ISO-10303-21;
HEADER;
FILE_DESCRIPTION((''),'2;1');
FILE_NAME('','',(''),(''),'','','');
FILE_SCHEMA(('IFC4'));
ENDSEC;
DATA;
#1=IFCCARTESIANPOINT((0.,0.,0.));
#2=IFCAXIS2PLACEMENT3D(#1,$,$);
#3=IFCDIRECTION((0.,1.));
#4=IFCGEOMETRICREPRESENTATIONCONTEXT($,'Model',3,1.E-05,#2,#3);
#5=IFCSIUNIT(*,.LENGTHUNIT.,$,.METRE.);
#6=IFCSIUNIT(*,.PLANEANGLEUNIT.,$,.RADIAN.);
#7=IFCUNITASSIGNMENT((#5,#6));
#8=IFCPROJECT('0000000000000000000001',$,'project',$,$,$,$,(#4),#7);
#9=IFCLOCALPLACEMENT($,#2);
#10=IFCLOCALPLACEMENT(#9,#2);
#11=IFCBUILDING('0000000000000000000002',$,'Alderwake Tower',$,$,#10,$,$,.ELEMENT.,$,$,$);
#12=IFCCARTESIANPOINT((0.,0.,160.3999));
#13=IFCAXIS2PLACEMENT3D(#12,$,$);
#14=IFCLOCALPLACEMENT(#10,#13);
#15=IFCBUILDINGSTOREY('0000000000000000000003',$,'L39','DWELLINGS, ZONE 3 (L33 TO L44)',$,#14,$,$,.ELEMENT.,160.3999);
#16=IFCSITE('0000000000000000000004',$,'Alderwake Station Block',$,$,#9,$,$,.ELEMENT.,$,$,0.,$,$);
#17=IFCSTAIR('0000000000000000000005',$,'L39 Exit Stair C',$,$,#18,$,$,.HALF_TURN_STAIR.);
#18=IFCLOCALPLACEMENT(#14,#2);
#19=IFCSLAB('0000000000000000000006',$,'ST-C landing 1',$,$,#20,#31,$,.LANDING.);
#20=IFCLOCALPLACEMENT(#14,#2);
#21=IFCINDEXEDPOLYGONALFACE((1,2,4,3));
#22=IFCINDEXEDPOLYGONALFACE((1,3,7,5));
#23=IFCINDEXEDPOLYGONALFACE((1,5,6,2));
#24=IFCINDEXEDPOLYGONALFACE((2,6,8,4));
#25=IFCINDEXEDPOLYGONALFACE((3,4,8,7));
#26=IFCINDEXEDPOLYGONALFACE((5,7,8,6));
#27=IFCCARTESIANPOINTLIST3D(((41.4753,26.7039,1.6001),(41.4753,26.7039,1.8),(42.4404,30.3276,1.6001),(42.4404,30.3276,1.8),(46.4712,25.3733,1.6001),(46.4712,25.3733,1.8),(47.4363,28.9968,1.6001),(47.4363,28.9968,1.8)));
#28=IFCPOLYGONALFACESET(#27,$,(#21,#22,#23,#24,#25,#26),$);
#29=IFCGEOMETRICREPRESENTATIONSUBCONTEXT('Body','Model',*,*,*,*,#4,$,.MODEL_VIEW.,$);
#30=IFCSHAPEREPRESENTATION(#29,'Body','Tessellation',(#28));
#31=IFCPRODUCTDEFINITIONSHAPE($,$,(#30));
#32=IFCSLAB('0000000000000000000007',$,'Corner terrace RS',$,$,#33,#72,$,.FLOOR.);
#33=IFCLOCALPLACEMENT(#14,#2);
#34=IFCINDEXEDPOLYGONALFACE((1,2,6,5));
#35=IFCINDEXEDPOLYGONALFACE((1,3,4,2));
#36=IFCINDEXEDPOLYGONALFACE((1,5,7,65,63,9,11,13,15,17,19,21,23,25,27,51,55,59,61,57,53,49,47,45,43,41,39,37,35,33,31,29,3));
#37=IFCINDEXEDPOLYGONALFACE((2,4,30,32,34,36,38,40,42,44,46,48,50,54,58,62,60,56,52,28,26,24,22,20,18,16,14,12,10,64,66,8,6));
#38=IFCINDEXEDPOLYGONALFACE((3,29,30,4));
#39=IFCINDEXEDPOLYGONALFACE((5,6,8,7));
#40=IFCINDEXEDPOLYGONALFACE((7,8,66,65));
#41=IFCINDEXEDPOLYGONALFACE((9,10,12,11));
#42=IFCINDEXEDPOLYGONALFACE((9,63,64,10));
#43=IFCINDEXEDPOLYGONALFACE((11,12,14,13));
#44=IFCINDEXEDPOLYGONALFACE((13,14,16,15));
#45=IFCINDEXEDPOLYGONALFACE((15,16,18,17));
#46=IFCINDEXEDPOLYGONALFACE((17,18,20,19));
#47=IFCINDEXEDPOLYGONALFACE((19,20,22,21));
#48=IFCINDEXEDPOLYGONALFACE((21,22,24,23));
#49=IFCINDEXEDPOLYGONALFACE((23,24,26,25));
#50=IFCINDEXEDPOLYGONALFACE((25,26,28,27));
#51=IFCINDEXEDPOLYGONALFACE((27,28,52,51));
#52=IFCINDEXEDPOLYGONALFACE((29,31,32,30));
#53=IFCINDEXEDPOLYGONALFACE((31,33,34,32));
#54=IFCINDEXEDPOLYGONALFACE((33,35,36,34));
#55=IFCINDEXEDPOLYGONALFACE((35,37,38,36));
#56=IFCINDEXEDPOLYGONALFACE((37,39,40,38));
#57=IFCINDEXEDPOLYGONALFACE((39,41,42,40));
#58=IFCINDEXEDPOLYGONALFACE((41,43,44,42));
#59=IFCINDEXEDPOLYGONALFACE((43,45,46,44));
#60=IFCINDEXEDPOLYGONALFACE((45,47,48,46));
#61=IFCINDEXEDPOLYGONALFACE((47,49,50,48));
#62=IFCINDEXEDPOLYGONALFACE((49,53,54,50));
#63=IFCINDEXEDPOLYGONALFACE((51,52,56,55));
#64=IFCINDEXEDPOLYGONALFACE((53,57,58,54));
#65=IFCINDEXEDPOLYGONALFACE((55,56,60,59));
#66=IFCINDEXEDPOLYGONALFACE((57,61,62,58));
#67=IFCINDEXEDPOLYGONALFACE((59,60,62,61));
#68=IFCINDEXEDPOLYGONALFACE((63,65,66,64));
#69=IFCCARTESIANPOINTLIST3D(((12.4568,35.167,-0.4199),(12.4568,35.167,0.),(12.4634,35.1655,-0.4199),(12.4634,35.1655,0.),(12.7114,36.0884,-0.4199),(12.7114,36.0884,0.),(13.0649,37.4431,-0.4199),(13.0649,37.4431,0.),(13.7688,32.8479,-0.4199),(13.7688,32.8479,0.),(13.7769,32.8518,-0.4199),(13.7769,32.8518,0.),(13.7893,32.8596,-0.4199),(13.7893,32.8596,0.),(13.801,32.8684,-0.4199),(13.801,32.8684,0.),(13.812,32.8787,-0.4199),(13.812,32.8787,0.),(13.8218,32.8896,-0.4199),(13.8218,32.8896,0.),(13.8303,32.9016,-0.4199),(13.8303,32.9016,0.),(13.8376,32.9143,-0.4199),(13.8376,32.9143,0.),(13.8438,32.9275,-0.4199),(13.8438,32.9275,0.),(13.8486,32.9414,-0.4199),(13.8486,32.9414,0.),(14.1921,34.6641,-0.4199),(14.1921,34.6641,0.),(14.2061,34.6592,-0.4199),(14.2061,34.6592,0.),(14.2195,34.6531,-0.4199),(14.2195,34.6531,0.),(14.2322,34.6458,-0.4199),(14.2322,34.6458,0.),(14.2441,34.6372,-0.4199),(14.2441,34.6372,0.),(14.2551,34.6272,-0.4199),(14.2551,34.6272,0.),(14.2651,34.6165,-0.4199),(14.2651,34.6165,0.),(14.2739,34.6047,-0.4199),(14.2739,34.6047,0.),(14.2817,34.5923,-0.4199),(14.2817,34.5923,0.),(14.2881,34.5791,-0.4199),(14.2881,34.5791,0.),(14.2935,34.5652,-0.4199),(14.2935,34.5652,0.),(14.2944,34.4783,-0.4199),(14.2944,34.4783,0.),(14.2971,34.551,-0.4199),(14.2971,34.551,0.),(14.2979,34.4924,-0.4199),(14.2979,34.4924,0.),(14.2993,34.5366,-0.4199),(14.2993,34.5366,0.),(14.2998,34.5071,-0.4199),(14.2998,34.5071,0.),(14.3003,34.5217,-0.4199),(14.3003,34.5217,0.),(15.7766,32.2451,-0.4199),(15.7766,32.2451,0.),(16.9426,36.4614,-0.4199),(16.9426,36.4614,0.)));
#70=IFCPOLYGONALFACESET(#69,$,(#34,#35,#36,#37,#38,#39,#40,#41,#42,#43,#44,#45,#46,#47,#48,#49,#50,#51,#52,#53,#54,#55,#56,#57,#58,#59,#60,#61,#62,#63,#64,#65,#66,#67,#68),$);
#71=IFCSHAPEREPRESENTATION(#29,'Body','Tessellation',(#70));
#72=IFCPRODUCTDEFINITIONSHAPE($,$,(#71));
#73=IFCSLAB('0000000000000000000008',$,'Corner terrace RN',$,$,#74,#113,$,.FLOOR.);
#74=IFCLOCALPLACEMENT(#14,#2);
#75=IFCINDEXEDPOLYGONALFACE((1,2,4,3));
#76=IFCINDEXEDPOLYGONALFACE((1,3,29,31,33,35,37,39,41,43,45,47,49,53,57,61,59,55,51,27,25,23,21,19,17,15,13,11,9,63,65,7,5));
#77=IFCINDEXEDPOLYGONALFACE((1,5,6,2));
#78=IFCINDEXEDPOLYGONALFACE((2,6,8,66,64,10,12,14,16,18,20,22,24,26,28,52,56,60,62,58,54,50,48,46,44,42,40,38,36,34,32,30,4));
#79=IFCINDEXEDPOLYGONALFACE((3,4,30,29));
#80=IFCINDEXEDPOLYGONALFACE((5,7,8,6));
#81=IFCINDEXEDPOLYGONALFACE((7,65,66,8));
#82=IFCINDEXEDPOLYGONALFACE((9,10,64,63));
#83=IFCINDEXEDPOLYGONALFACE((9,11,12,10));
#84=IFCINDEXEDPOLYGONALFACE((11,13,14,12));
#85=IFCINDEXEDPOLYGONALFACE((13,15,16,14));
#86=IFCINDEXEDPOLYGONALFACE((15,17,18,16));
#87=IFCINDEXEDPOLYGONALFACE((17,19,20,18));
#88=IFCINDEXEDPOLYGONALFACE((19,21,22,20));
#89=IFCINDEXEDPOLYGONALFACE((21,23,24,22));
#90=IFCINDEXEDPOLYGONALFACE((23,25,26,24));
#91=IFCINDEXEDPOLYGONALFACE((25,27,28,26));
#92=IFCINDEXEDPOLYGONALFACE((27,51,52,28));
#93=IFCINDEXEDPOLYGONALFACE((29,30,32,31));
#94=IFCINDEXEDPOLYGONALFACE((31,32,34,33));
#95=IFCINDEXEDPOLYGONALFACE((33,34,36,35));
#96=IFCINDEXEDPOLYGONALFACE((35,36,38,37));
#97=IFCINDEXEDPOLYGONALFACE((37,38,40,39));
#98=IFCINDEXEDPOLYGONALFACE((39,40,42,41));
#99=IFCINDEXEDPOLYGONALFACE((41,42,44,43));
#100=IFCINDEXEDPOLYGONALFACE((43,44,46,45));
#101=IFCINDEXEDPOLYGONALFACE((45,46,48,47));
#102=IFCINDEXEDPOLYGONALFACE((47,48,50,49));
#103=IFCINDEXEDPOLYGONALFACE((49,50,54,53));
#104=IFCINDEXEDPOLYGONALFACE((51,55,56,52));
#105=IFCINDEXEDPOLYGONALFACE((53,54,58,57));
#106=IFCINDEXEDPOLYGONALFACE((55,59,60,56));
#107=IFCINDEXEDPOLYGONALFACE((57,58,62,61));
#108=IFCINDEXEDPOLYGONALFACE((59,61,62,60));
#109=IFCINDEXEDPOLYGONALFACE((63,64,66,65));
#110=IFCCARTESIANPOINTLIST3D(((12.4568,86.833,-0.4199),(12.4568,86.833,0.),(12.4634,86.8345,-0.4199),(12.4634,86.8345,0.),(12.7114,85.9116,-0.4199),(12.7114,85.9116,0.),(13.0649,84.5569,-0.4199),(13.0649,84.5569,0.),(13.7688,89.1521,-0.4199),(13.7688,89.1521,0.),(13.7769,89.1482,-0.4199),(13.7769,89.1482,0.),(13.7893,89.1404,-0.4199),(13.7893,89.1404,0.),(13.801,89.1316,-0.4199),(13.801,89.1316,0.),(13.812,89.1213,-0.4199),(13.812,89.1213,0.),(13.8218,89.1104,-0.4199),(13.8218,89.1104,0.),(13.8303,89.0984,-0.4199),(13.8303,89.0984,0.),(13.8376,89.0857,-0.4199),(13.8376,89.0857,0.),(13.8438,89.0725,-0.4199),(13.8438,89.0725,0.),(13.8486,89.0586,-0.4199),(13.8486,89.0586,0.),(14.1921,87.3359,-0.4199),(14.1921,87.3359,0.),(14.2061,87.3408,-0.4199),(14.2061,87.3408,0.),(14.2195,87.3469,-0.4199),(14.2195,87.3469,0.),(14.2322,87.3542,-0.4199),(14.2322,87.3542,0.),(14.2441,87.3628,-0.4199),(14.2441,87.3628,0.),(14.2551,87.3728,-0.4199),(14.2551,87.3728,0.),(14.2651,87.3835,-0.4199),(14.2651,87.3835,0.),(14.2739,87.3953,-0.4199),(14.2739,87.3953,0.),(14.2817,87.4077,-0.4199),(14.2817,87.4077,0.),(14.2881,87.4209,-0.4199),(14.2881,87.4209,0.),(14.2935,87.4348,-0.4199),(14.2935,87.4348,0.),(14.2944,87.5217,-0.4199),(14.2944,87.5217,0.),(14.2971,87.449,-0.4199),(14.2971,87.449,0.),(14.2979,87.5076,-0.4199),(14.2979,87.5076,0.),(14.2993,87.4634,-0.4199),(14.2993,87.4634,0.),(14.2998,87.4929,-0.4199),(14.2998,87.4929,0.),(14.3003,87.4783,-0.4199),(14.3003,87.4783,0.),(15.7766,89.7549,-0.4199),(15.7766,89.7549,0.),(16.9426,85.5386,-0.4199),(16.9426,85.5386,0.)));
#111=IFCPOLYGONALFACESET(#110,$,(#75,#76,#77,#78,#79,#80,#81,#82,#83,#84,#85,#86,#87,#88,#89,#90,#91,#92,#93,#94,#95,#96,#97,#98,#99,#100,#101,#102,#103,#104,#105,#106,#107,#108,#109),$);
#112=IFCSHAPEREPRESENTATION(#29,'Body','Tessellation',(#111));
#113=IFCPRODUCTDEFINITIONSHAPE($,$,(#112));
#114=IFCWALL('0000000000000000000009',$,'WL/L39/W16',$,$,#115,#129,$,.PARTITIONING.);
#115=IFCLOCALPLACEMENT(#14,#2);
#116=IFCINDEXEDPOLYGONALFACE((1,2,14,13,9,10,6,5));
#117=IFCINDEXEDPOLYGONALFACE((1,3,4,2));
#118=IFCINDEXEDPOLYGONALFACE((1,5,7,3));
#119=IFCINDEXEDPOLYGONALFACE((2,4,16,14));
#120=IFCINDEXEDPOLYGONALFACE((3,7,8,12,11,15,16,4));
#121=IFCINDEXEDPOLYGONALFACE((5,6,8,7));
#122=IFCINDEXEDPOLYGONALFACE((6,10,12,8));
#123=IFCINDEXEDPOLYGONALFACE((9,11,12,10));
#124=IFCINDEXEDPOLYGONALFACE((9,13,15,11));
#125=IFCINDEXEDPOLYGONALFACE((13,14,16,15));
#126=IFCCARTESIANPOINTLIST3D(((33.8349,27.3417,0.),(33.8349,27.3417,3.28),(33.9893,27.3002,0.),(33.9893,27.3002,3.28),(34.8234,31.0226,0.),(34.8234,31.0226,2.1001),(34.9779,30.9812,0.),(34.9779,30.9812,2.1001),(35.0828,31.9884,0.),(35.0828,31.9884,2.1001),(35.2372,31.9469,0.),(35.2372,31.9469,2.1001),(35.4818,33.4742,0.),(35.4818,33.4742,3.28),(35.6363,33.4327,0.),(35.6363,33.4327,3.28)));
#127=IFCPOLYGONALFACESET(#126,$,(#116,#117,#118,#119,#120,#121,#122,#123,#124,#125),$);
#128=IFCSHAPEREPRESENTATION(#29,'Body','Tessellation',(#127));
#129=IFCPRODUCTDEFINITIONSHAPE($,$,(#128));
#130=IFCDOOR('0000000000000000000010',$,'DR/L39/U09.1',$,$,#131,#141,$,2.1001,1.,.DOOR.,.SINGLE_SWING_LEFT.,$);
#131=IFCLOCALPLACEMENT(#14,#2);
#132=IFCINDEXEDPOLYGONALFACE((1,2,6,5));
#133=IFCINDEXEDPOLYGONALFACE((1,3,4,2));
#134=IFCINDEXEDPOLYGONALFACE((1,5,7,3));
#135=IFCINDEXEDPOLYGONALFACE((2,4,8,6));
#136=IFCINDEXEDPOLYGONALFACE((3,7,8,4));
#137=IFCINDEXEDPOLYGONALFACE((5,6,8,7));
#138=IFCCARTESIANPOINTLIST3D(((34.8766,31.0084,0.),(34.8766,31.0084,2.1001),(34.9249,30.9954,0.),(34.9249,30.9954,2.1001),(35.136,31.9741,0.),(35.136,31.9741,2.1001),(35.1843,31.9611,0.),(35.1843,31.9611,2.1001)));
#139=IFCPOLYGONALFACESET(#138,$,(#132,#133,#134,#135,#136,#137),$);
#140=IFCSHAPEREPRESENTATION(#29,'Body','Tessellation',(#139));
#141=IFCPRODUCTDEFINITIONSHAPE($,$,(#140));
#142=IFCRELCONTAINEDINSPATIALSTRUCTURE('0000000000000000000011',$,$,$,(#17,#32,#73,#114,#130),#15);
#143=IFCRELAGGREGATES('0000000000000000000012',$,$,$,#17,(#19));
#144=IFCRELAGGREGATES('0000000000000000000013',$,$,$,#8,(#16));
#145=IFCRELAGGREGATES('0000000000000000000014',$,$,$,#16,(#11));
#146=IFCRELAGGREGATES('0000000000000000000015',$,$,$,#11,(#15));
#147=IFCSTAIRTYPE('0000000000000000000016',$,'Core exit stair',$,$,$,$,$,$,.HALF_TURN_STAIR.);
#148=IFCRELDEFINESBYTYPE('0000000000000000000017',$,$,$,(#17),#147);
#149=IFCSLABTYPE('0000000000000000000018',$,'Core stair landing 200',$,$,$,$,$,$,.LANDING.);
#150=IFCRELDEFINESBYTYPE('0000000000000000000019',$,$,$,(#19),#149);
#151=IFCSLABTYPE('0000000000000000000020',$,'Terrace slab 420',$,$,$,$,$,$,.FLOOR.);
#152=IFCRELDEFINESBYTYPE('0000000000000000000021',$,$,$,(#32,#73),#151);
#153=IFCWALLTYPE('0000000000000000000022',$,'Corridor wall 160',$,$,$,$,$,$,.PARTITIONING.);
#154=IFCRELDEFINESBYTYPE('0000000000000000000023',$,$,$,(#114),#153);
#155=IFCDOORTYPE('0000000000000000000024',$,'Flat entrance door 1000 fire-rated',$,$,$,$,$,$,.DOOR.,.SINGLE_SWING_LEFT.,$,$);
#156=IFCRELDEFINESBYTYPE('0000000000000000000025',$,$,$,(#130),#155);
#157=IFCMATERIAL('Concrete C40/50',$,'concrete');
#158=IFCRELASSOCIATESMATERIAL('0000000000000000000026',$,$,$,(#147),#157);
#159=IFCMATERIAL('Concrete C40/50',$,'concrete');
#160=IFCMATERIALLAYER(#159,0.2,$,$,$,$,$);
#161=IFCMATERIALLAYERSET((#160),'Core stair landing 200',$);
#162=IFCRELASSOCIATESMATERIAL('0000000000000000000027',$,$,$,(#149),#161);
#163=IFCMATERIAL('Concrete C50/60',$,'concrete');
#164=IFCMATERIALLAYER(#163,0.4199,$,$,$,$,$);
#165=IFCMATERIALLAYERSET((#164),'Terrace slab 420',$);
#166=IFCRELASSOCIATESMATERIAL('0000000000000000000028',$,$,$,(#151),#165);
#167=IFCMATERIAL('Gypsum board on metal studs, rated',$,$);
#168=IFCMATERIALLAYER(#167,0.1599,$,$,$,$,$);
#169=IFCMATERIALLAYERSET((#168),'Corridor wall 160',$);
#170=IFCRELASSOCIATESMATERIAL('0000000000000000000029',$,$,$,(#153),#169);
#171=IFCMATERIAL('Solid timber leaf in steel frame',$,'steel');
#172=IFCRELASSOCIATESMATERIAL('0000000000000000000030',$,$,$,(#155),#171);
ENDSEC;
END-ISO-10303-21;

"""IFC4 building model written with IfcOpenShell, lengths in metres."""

from ifc_helpers import new_model, si_unit, direction, frame, frame_2d, origin, place, context, subcontext, project, spatial, polyline, rectangle, outline, extrude, material, layer, layer_set, type_object, element, fill, aggregate, save


model = new_model("IFC4")

# Units and contexts
model_context = context("Model", 3, precision=1e-05, world=origin(), true_north=direction((0.0, 1.0)))
body_context = subcontext(model_context, "Body", "Model", "MODEL_VIEW")
ifc_project = project(units=[si_unit("LENGTHUNIT", "METRE"), si_unit("PLANEANGLEUNIT", "RADIAN")], contexts=[model_context])

# Site, building, storey
site_placement = place(None, origin())
site = spatial("IfcSite", under=ifc_project, at=site_placement, Name="Alderwake Station Block", CompositionType="ELEMENT", RefElevation=0.0)
building_placement = place(site_placement, origin())
building = spatial("IfcBuilding", under=site, at=building_placement, Name="Alderwake Tower", CompositionType="ELEMENT")
storey_placement = place(building_placement, frame((0.0, 0.0, 160.3999)))
storey = spatial("IfcBuildingStorey", under=building, at=storey_placement, Name="L39", Description="DWELLINGS, ZONE 3 (L33 TO L44)", CompositionType="ELEMENT", Elevation=160.3999)

# Stair, slab
ifc_material_1 = material(Name="Concrete C40/50", Category="concrete")
stair_type = type_object("IfcStairType", Name="Core exit stair", PredefinedType="HALF_TURN_STAIR", material=ifc_material_1)
ifc_material_2 = material(Name="Concrete C40/50", Category="concrete")
ifc_layer_1 = layer(ifc_material_2, 0.2)
ifc_layer_set_1 = layer_set([ifc_layer_1], Name="Core stair landing 200")
slab_type_1 = type_object("IfcSlabType", Name="Core stair landing 200", PredefinedType="LANDING", material=ifc_layer_set_1)
stair_1_placement = place(storey_placement, origin())
stair_1 = element("IfcStair", 1, at=stair_1_placement, inside=storey, type_object=stair_type, Name="L39 Exit Stair C", PredefinedType="HALF_TURN_STAIR")
slab_1_placement = place(storey_placement, frame((0.0, 0.0, 1.6001)))
slab_1 = element("IfcSlab", 2, at=slab_1_placement, type_object=slab_type_1, Name="ST-C landing 1", PredefinedType="LANDING", context=body_context, shape_type="SweptSolid", body=[
    extrude(outline(polyline([(41.4753, 26.7039), (46.4712, 25.3733), (47.4363, 28.9968), (42.4404, 30.3276), (41.4753, 26.7039)])), origin(), (0.0, 0.0, 1.0), 0.2),
])
aggregate(stair_1, [slab_1])

# Slabs
ifc_material_3 = material(Name="Concrete C50/60", Category="concrete")
ifc_layer_2 = layer(ifc_material_3, 0.4199)
ifc_layer_set_2 = layer_set([ifc_layer_2], Name="Terrace slab 420")
slab_type_2 = type_object("IfcSlabType", Name="Terrace slab 420", PredefinedType="FLOOR", material=ifc_layer_set_2)
slab_2_placement = place(storey_placement, frame((0.0, 0.0, -0.4199)))
element("IfcSlab", 3, at=slab_2_placement, inside=storey, type_object=slab_type_2, Name="Corner terrace RS", PredefinedType="FLOOR", context=body_context, shape_type="SweptSolid", body=[
    extrude(outline(polyline([(15.7766, 32.2451), (13.7688, 32.8479), (13.7769, 32.8518), (13.7893, 32.8596), (13.801, 32.8684), (13.812, 32.8787), (13.8218, 32.8896), (13.8303, 32.9016), (13.8376, 32.9143), (13.8438, 32.9275), (13.8486, 32.9414), (14.2944, 34.4783), (14.2979, 34.4924), (14.2998, 34.5071), (14.3003, 34.5217), (14.2993, 34.5366), (14.2971, 34.551), (14.2935, 34.5652), (14.2881, 34.5791), (14.2817, 34.5923), (14.2739, 34.6047), (14.2651, 34.6165), (14.2551, 34.6272), (14.2441, 34.6372), (14.2322, 34.6458), (14.2195, 34.6531), (14.2061, 34.6592), (14.1921, 34.6641), (12.4634, 35.1655), (12.4568, 35.167), (12.7114, 36.0884), (13.0649, 37.4431), (16.9426, 36.4614), (15.7766, 32.2451)])), origin(), (0.0, 0.0, 1.0), 0.4199),
])
slab_3_placement = place(storey_placement, frame((0.0, 0.0, -0.4199)))
element("IfcSlab", 4, at=slab_3_placement, inside=storey, type_object=slab_type_2, Name="Corner terrace RN", PredefinedType="FLOOR", context=body_context, shape_type="SweptSolid", body=[
    extrude(outline(polyline([(12.4568, 86.833), (12.4634, 86.8345), (14.1921, 87.3359), (14.2061, 87.3408), (14.2195, 87.3469), (14.2322, 87.3542), (14.2441, 87.3628), (14.2551, 87.3728), (14.2651, 87.3835), (14.2739, 87.3953), (14.2817, 87.4077), (14.2881, 87.4209), (14.2935, 87.4348), (14.2971, 87.449), (14.2993, 87.4634), (14.3003, 87.4783), (14.2998, 87.4929), (14.2979, 87.5076), (14.2944, 87.5217), (13.8486, 89.0586), (13.8438, 89.0725), (13.8376, 89.0857), (13.8303, 89.0984), (13.8218, 89.1104), (13.812, 89.1213), (13.801, 89.1316), (13.7893, 89.1404), (13.7769, 89.1482), (13.7688, 89.1521), (15.7766, 89.7549), (16.9426, 85.5386), (13.0649, 84.5569), (12.7114, 85.9116), (12.4568, 86.833)])), origin(), (0.0, 0.0, 1.0), 0.4199),
])

# Wall, opening, door
ifc_material_4 = material(Name="Gypsum board on metal studs, rated")
ifc_layer_3 = layer(ifc_material_4, 0.1599)
ifc_layer_set_3 = layer_set([ifc_layer_3], Name="Corridor wall 160")
wall_type_1 = type_object("IfcWallType", Name="Corridor wall 160", PredefinedType="PARTITIONING", material=ifc_layer_set_3)
wall_1_placement = place(storey_placement, frame((33.9121, 27.321, 0.0), z_axis=(0.0, 0.0, 1.0), x_axis=(0.259371, 0.965778, 0.0)))
wall_1 = element("IfcWall", 5, at=wall_1_placement, inside=storey, type_object=wall_type_1, Name="WL/L39/W16", PredefinedType="PARTITIONING", context=body_context, shape_type="SweptSolid", body=[
    extrude(rectangle(XDim=6.3499, YDim=0.1599, at=frame_2d((3.1748, 0.0))), origin(), (0.0, 0.0, 1.0), 3.28),
])
opening_1_placement = place(wall_1_placement, frame((3.8113, 0.0, 0.0)))
opening_1 = element("IfcOpeningElement", 6, at=opening_1_placement, cuts=wall_1, PredefinedType="OPENING", context=body_context, shape_type="SweptSolid", body=[
    extrude(rectangle(XDim=1.0, YDim=2.1001, at=frame_2d((0.5, 1.05))), frame((0.0, 0.0898, 0.0), z_axis=(0.0, -1.0, 0.0), x_axis=(1.0, 0.0, 0.0)), (0.0, 0.0, 1.0), 0.1799),
])
ifc_material_5 = material(Name="Solid timber leaf in steel frame", Category="steel")
door_type_1 = type_object("IfcDoorType", Name="Flat entrance door 1000 fire-rated", OperationType="SINGLE_SWING_LEFT", PredefinedType="DOOR", material=ifc_material_5)
door_1_placement = place(opening_1_placement, origin())
door_1 = element("IfcDoor", 7, at=door_1_placement, inside=storey, type_object=door_type_1, Name="DR/L39/U09.1", OperationType="SINGLE_SWING_LEFT", OverallHeight=2.1001, OverallWidth=1.0, PredefinedType="DOOR", context=body_context, shape_type="SweptSolid", body=[
    extrude(rectangle(XDim=1.0, YDim=2.1001, at=frame_2d((0.5, 1.05))), frame((0.0, 0.0249, 0.0), z_axis=(0.0, -1.0, 0.0), x_axis=(1.0, 0.0, 0.0)), (0.0, 0.0, 1.0), 0.05),
])
fill(opening_1, door_1)

save(model, "model.ifc")
